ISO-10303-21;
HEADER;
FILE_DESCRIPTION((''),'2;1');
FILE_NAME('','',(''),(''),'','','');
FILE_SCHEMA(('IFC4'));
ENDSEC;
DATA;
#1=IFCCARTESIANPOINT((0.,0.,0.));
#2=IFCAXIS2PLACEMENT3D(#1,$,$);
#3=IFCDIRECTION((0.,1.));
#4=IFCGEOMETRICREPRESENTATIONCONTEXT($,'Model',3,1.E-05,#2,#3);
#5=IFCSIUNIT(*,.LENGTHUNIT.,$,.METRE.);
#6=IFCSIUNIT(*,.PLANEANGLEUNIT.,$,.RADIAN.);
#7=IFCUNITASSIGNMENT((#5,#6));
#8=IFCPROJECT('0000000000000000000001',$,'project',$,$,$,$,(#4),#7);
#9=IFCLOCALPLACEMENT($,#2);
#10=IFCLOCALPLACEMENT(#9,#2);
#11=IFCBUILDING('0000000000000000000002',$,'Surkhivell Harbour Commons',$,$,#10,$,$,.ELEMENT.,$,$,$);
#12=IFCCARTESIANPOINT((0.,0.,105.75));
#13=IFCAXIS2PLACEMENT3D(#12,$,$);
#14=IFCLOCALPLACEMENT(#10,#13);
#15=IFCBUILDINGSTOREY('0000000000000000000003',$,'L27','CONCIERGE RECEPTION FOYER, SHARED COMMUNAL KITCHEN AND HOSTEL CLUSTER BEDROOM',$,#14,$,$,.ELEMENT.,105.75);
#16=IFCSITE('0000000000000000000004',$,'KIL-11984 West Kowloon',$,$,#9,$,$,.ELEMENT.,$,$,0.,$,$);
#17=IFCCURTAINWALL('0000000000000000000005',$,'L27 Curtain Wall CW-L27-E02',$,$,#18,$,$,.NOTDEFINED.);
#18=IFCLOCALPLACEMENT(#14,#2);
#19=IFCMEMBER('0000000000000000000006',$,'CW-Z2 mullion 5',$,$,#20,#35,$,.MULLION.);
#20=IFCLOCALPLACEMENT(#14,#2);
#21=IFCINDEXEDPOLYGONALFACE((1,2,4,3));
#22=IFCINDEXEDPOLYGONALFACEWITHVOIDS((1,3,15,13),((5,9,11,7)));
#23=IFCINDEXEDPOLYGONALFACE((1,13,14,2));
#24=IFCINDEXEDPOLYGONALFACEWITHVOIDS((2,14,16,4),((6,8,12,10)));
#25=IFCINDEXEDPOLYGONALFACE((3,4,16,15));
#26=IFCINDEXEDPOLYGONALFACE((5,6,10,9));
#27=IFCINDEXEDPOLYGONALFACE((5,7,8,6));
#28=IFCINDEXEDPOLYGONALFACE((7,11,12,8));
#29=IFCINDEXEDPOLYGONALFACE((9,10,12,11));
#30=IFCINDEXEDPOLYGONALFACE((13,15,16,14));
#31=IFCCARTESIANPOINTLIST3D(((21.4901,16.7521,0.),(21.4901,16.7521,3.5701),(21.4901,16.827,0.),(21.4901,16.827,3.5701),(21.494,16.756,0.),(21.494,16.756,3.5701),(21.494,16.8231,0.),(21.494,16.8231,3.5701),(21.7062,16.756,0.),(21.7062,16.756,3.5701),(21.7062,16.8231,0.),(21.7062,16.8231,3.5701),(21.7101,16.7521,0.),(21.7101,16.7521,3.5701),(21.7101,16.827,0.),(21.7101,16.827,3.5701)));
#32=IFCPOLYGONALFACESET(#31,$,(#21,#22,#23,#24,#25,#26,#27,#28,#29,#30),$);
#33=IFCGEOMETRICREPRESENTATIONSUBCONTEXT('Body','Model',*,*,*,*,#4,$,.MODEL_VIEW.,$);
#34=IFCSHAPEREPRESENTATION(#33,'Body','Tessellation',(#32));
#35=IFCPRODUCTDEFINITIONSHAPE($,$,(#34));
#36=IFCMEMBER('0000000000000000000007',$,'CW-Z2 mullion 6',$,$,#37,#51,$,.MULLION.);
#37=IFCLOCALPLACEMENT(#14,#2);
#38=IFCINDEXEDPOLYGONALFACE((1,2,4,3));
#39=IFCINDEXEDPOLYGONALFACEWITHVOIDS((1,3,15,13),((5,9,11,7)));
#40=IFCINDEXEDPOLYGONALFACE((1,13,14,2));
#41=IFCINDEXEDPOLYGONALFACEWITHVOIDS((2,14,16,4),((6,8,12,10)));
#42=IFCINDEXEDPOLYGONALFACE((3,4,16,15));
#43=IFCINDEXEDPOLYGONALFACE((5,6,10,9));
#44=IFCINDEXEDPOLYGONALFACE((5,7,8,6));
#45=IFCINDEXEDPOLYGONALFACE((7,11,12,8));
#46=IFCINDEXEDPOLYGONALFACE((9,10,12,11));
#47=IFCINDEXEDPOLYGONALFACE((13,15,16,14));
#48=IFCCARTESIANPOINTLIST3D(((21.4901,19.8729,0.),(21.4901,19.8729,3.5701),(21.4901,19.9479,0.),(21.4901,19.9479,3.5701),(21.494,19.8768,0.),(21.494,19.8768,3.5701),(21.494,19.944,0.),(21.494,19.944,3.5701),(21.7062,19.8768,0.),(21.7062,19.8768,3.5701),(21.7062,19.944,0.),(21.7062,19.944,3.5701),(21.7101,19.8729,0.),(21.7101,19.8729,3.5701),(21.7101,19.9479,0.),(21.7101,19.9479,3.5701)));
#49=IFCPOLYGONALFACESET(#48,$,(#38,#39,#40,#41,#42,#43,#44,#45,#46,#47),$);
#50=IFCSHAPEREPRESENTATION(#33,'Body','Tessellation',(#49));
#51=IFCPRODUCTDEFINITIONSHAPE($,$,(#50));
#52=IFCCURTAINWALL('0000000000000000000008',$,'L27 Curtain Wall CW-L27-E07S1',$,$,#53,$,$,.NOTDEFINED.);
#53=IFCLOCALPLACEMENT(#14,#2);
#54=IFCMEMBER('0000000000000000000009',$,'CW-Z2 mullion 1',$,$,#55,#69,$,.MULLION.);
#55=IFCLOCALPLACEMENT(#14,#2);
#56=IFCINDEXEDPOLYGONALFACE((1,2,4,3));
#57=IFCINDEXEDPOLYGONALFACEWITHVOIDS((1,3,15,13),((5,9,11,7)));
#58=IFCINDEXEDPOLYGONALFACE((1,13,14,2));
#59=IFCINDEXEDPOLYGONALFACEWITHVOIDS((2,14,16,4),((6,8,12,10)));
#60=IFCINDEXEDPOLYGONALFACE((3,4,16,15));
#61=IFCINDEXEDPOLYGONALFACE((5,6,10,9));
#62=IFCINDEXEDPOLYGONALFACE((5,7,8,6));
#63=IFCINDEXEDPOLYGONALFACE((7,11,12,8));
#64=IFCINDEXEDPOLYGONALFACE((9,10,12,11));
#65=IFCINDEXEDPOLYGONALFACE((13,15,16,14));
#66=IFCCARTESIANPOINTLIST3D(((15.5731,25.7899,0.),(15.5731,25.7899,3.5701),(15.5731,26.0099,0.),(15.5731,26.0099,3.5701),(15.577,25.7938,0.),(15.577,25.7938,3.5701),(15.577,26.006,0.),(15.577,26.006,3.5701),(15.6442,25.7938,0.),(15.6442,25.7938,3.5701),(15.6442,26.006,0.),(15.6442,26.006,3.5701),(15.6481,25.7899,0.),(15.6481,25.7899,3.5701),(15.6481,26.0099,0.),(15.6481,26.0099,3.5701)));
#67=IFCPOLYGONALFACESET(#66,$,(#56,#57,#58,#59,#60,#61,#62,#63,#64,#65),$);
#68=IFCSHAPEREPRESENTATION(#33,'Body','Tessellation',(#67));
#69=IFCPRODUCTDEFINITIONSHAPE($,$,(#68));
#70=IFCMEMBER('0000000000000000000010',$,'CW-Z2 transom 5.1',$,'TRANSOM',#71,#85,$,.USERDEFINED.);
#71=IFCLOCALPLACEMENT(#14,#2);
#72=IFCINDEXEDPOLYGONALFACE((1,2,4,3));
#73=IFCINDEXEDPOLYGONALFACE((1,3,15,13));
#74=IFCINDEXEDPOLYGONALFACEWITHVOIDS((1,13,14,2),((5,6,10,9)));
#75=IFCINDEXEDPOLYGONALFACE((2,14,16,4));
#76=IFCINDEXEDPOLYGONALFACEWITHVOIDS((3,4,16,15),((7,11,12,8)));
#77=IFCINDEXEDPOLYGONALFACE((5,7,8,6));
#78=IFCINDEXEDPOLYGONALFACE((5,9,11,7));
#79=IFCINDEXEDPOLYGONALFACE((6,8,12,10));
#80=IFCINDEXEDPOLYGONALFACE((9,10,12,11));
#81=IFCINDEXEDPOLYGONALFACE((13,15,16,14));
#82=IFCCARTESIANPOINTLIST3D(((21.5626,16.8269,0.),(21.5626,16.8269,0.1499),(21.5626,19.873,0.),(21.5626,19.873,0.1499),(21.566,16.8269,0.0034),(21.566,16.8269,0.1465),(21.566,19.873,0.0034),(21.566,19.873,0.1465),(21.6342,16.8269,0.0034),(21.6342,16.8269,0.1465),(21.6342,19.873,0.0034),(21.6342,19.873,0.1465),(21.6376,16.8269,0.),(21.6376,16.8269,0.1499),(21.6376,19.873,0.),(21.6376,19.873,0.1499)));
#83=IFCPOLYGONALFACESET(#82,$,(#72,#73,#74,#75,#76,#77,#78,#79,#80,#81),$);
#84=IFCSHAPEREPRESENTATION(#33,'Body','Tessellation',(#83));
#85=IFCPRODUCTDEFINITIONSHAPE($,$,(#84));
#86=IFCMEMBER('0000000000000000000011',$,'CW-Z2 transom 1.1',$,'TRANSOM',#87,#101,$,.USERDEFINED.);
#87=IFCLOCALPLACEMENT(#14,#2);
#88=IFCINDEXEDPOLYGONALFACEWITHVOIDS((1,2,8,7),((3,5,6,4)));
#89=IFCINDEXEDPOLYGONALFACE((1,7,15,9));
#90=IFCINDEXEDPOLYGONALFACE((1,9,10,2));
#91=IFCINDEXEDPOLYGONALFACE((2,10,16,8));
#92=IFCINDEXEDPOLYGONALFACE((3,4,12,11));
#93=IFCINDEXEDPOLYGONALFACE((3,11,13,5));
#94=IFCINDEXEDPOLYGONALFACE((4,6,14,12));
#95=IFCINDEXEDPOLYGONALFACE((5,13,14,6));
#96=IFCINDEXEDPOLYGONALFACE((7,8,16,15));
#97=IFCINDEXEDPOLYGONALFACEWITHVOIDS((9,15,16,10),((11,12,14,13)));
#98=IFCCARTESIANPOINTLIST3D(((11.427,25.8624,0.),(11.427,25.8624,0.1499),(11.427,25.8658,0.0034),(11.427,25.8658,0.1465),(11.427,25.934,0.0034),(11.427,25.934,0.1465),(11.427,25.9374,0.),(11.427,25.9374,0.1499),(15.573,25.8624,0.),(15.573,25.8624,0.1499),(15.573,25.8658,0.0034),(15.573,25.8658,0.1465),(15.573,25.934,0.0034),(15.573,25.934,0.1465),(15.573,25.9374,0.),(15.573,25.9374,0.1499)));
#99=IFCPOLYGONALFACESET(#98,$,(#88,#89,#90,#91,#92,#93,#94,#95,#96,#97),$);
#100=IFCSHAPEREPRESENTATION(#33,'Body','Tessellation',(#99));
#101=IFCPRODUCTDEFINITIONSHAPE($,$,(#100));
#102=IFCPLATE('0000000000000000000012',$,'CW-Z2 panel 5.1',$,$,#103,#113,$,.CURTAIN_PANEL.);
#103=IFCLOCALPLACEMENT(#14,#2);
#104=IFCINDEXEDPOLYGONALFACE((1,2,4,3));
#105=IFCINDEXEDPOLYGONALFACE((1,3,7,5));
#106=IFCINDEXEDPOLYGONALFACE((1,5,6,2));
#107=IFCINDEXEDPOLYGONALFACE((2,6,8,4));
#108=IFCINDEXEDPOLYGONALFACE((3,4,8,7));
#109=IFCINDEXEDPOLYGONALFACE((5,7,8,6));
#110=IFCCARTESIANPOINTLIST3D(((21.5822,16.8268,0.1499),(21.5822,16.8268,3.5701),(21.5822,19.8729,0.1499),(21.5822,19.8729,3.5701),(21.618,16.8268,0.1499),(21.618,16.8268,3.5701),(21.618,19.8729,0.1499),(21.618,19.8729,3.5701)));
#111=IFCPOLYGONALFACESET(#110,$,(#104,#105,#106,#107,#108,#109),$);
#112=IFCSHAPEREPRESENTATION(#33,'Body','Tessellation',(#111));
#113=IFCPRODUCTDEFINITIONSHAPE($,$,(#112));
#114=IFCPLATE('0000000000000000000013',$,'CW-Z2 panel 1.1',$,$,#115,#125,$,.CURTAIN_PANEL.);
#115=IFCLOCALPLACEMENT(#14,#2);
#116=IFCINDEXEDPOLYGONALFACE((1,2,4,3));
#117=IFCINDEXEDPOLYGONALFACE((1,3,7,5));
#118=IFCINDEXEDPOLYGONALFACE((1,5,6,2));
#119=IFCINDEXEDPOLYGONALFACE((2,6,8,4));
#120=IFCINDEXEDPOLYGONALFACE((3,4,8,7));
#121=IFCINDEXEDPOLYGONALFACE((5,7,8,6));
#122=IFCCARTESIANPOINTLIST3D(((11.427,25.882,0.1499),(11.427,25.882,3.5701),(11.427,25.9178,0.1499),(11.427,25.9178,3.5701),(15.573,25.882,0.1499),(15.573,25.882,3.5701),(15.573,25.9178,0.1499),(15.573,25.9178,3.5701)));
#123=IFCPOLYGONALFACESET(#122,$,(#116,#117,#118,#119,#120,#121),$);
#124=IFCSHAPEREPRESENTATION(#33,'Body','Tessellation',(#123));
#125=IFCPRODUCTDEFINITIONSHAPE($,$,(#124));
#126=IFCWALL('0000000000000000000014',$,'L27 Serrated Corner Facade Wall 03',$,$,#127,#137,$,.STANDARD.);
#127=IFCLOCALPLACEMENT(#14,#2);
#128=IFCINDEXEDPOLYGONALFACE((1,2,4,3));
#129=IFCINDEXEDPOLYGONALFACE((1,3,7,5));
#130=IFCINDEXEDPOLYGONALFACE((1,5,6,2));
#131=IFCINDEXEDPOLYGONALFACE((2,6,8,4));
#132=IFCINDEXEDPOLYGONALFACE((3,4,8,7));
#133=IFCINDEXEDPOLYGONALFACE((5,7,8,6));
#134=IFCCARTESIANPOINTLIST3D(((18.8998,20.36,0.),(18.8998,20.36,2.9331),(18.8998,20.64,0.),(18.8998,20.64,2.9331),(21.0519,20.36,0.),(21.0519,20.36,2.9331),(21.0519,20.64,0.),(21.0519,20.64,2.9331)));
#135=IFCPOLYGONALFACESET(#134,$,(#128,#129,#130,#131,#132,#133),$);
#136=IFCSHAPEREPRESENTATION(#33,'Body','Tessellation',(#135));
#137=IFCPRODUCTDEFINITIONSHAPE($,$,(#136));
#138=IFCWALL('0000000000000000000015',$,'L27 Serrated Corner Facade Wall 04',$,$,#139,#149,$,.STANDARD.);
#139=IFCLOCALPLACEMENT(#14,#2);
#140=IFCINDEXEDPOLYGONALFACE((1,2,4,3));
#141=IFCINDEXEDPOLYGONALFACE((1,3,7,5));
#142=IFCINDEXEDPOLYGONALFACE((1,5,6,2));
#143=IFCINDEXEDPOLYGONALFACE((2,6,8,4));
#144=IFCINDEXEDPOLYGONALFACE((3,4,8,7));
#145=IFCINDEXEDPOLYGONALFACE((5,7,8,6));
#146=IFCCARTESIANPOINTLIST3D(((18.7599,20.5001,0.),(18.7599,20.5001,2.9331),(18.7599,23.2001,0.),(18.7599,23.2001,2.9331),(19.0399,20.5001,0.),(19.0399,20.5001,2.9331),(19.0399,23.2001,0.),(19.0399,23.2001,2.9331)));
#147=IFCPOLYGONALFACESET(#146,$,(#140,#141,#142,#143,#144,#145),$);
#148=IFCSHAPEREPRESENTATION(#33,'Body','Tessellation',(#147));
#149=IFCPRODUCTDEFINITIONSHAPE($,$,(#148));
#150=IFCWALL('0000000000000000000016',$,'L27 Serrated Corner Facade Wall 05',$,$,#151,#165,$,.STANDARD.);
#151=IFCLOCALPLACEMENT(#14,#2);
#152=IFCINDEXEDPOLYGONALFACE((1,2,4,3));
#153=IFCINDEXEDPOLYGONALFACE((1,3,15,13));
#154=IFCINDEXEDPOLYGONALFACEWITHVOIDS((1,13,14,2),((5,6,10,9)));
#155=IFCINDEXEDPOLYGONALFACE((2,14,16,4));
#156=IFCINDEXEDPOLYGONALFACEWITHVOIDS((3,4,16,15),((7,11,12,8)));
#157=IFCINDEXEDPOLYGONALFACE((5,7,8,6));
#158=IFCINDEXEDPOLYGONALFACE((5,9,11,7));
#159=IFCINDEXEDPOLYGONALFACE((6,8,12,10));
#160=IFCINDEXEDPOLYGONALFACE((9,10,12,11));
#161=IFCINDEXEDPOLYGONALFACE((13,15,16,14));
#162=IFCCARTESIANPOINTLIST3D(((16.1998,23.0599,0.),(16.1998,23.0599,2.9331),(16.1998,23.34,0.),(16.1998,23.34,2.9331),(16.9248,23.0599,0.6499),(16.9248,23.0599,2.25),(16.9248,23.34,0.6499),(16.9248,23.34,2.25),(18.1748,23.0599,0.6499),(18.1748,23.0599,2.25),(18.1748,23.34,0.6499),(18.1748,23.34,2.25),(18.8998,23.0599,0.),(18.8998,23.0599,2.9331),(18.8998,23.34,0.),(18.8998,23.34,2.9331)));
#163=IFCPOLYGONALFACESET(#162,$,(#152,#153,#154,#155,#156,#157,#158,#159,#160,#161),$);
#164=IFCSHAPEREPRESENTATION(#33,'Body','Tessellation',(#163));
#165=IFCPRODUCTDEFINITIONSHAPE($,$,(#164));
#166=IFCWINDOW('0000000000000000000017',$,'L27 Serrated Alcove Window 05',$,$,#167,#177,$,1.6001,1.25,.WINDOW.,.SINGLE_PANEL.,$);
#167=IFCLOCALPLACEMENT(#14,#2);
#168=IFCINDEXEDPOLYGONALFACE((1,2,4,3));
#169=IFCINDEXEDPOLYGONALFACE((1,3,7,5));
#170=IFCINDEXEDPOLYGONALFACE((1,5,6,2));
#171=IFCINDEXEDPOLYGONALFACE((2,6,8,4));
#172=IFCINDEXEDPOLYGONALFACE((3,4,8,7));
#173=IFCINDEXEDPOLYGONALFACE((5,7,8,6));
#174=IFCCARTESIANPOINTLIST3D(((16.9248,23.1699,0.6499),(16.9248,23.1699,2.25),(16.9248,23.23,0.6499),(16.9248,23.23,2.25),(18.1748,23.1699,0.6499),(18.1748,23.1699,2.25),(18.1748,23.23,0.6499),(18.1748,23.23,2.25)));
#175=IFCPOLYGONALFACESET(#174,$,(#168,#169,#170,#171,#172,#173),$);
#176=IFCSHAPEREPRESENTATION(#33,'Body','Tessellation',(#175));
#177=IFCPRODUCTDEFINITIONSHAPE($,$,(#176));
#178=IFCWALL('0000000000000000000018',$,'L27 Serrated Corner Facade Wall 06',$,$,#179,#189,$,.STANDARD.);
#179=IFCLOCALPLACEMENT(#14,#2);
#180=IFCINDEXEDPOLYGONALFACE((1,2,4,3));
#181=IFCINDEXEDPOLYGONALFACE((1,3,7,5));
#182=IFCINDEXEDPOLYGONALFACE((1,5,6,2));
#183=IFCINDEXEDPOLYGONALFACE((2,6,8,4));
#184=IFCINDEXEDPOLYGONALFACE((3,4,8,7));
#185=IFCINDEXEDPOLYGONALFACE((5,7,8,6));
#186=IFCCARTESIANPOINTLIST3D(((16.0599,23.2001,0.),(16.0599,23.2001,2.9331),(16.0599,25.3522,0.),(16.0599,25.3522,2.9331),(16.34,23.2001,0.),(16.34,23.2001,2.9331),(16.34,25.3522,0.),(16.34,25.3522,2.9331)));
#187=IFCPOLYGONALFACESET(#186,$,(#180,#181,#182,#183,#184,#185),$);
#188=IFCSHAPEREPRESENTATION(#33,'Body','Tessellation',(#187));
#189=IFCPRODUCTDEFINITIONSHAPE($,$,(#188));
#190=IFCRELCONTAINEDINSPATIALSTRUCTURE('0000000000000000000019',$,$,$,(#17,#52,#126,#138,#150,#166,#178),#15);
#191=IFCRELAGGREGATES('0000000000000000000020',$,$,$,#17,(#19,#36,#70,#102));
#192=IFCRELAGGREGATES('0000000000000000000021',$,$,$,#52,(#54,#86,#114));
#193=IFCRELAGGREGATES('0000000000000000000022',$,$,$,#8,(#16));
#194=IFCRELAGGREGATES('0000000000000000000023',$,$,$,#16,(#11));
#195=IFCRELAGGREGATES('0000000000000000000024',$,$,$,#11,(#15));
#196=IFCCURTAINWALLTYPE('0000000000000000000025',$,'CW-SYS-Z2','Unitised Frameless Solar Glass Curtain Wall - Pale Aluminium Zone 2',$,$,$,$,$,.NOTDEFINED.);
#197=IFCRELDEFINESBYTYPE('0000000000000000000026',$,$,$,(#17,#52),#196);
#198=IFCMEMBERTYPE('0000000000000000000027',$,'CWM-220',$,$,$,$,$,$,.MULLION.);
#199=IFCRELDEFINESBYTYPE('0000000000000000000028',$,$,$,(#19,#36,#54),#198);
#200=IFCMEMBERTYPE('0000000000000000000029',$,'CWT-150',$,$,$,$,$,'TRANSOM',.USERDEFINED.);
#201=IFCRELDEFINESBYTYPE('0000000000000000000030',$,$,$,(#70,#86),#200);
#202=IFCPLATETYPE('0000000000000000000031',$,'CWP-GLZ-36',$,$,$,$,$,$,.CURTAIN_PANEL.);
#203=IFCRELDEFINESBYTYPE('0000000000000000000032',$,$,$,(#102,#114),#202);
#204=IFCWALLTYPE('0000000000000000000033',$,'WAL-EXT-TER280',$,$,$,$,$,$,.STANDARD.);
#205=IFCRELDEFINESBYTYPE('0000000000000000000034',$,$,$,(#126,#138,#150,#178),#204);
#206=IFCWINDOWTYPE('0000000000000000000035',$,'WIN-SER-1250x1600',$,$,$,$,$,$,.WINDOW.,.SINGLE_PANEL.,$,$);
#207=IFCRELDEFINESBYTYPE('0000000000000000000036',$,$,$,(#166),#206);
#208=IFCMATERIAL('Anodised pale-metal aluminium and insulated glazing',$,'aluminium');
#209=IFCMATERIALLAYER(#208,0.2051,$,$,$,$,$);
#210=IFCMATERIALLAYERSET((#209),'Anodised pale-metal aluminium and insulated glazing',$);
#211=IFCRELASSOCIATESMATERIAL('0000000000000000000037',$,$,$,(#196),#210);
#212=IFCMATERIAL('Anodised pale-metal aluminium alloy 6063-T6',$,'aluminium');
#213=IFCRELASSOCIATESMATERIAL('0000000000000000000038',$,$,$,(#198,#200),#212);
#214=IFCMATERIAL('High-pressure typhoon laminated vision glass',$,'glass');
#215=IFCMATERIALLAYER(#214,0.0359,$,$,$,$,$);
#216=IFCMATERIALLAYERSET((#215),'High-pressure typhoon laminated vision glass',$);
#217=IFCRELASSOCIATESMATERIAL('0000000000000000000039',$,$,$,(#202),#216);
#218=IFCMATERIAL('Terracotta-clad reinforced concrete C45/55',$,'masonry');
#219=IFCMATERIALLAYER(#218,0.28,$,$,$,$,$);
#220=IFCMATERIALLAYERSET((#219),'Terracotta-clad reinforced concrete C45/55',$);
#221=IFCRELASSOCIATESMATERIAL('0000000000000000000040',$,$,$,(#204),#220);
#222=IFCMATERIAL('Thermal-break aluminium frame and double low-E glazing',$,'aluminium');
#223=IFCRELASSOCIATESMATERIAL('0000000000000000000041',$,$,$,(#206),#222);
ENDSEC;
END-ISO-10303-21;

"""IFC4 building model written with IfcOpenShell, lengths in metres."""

from ifc_helpers import new_model, si_unit, direction, frame, frame_2d, origin, origin_2d, place, context, subcontext, project, spatial, rectangle, hollow_rectangle, extrude, material, layer, layer_set, material_profile, profile_set, type_object, element, fill, aggregate, save


model = new_model("IFC4")

# Units and contexts
model_context = context("Model", 3, precision=1e-05, world=origin(), true_north=direction((0.0, 1.0)))
body_context = subcontext(model_context, "Body", "Model", "MODEL_VIEW")
ifc_project = project(units=[si_unit("LENGTHUNIT", "METRE"), si_unit("PLANEANGLEUNIT", "RADIAN")], contexts=[model_context])

# Site, building, storey
site_placement = place(None, origin())
site = spatial("IfcSite", under=ifc_project, at=site_placement, Name="KIL-11984 West Kowloon", CompositionType="ELEMENT", RefElevation=0.0)
building_placement = place(site_placement, origin())
building = spatial("IfcBuilding", under=site, at=building_placement, Name="Surkhivell Harbour Commons", CompositionType="ELEMENT")
storey_placement = place(building_placement, frame((0.0, 0.0, 105.75)))
storey = spatial("IfcBuildingStorey", under=building, at=storey_placement, Name="L27", Description="CONCIERGE RECEPTION FOYER, SHARED COMMUNAL KITCHEN AND HOSTEL CLUSTER BEDROOM", CompositionType="ELEMENT", Elevation=105.75)

# Curtain wall, members
ifc_material_1 = material(Name="Anodised pale-metal aluminium and insulated glazing", Category="aluminium")
ifc_layer_1 = layer(ifc_material_1, 0.2051)
ifc_layer_set_1 = layer_set([ifc_layer_1], Name="Anodised pale-metal aluminium and insulated glazing")
curtain_wall_type = type_object("IfcCurtainWallType", Name="CW-SYS-Z2", Description="Unitised Frameless Solar Glass Curtain Wall - Pale Aluminium Zone 2", PredefinedType="NOTDEFINED", material=ifc_layer_set_1)
curtain_wall_1_placement = place(storey_placement, origin())
curtain_wall_1 = element("IfcCurtainWall", 1, at=curtain_wall_1_placement, inside=storey, type_object=curtain_wall_type, Name="L27 Curtain Wall CW-L27-E02", PredefinedType="NOTDEFINED")
ifc_material_2 = material(Name="Anodised pale-metal aluminium alloy 6063-T6", Category="aluminium")
ifc_material_profile_1 = material_profile(ifc_material_2, hollow_rectangle(XDim=0.075, YDim=0.22, WallThickness=0.0039, at=origin_2d()), Name="ALU-MULL-75x220")
ifc_profile_set_1 = profile_set([ifc_material_profile_1], Name="Anodised pale-metal aluminium alloy 6063-T6")
member_type_1 = type_object("IfcMemberType", Name="CWM-220", PredefinedType="MULLION", material=ifc_profile_set_1)
member_1_placement = place(storey_placement, frame((21.6001, 16.7896, 0.0), z_axis=(0.0, 0.0, 1.0), x_axis=(0.0, 1.0, 0.0)))
member_1 = element("IfcMember", 2, at=member_1_placement, type_object=member_type_1, Name="CW-Z2 mullion 5", PredefinedType="MULLION", context=body_context, shape_type="SweptSolid", body=[
    extrude(hollow_rectangle(XDim=0.075, YDim=0.22, WallThickness=0.0039, at=origin_2d()), origin(), (0.0, 0.0, 1.0), 3.5701),
])
member_2_placement = place(storey_placement, frame((21.6001, 19.9104, 0.0), z_axis=(0.0, 0.0, 1.0), x_axis=(0.0, 1.0, 0.0)))
member_2 = element("IfcMember", 3, at=member_2_placement, type_object=member_type_1, Name="CW-Z2 mullion 6", PredefinedType="MULLION", context=body_context, shape_type="SweptSolid", body=[
    extrude(hollow_rectangle(XDim=0.075, YDim=0.22, WallThickness=0.0039, at=origin_2d()), origin(), (0.0, 0.0, 1.0), 3.5701),
])

# Curtain wall, member
curtain_wall_2_placement = place(storey_placement, origin())
curtain_wall_2 = element("IfcCurtainWall", 4, at=curtain_wall_2_placement, inside=storey, type_object=curtain_wall_type, Name="L27 Curtain Wall CW-L27-E07S1", PredefinedType="NOTDEFINED")
member_3_placement = place(storey_placement, frame((15.6106, 25.8999, 0.0), z_axis=(0.0, 0.0, 1.0), x_axis=(-1.0, 0.0, 0.0)))
member_3 = element("IfcMember", 5, at=member_3_placement, type_object=member_type_1, Name="CW-Z2 mullion 1", PredefinedType="MULLION", context=body_context, shape_type="SweptSolid", body=[
    extrude(hollow_rectangle(XDim=0.075, YDim=0.22, WallThickness=0.0039, at=origin_2d()), origin(), (0.0, 0.0, 1.0), 3.5701),
])

# Members
ifc_material_profile_2 = material_profile(ifc_material_2, hollow_rectangle(XDim=0.075, YDim=0.1499, WallThickness=0.0034, at=origin_2d()), Name="ALU-TRAN-75x150")
ifc_profile_set_2 = profile_set([ifc_material_profile_2], Name="Anodised pale-metal aluminium alloy 6063-T6")
member_type_2 = type_object("IfcMemberType", Name="CWT-150", ElementType="TRANSOM", PredefinedType="USERDEFINED", material=ifc_profile_set_2)
member_4_placement = place(storey_placement, frame((21.6001, 16.8269, 0.075), z_axis=(0.0, 1.0, 0.0), x_axis=(-1.0, 0.0, 0.0)))
member_4 = element("IfcMember", 6, at=member_4_placement, type_object=member_type_2, Name="CW-Z2 transom 5.1", ObjectType="TRANSOM", PredefinedType="USERDEFINED", context=body_context, shape_type="SweptSolid", body=[
    extrude(hollow_rectangle(XDim=0.075, YDim=0.1499, WallThickness=0.0034, at=origin_2d()), origin(), (0.0, 0.0, 1.0), 3.0461),
])
member_5_placement = place(storey_placement, frame((15.573, 25.8999, 0.075), z_axis=(-1.0, 0.0, 0.0), x_axis=(0.0, -1.0, 0.0)))
member_5 = element("IfcMember", 7, at=member_5_placement, type_object=member_type_2, Name="CW-Z2 transom 1.1", ObjectType="TRANSOM", PredefinedType="USERDEFINED", context=body_context, shape_type="SweptSolid", body=[
    extrude(hollow_rectangle(XDim=0.075, YDim=0.1499, WallThickness=0.0034, at=origin_2d()), origin(), (0.0, 0.0, 1.0), 4.146),
])

# Plates
ifc_material_3 = material(Name="High-pressure typhoon laminated vision glass", Category="glass")
ifc_layer_2 = layer(ifc_material_3, 0.0359)
ifc_layer_set_2 = layer_set([ifc_layer_2], Name="High-pressure typhoon laminated vision glass")
plate_type = type_object("IfcPlateType", Name="CWP-GLZ-36", PredefinedType="CURTAIN_PANEL", material=ifc_layer_set_2)
plate_1_placement = place(storey_placement, frame((21.6001, 16.8269, 0.1499), z_axis=(0.0, 0.0, 1.0), x_axis=(0.0, 1.0, 0.0)))
plate_1 = element("IfcPlate", 8, at=plate_1_placement, type_object=plate_type, Name="CW-Z2 panel 5.1", PredefinedType="CURTAIN_PANEL", context=body_context, shape_type="SweptSolid", body=[
    extrude(rectangle(XDim=3.0461, YDim=0.0359, at=frame_2d((1.5229, 0.0))), origin(), (0.0, 0.0, 1.0), 3.4202),
])
aggregate(curtain_wall_1, [member_1, member_2, member_4, plate_1])
plate_2_placement = place(storey_placement, frame((15.573, 25.8999, 0.1499), z_axis=(0.0, 0.0, 1.0), x_axis=(-1.0, 0.0, 0.0)))
plate_2 = element("IfcPlate", 9, at=plate_2_placement, type_object=plate_type, Name="CW-Z2 panel 1.1", PredefinedType="CURTAIN_PANEL", context=body_context, shape_type="SweptSolid", body=[
    extrude(rectangle(XDim=4.146, YDim=0.0359, at=frame_2d((2.073, 0.0))), origin(), (0.0, 0.0, 1.0), 3.4202),
])
aggregate(curtain_wall_2, [member_3, member_5, plate_2])

# Walls
ifc_material_4 = material(Name="Terracotta-clad reinforced concrete C45/55", Category="masonry")
ifc_layer_3 = layer(ifc_material_4, 0.28)
ifc_layer_set_3 = layer_set([ifc_layer_3], Name="Terracotta-clad reinforced concrete C45/55")
wall_type_1 = type_object("IfcWallType", Name="WAL-EXT-TER280", PredefinedType="STANDARD", material=ifc_layer_set_3)
wall_1_placement = place(storey_placement, frame((21.052, 20.5, 0.0), z_axis=(0.0, 0.0, 1.0), x_axis=(-1.0, 0.0, 0.0)))
element("IfcWall", 10, at=wall_1_placement, inside=storey, type_object=wall_type_1, Name="L27 Serrated Corner Facade Wall 03", PredefinedType="STANDARD", context=body_context, shape_type="SweptSolid", body=[
    extrude(rectangle(XDim=2.1521, YDim=0.28, at=frame_2d((1.0762, 0.0))), origin(), (0.0, 0.0, 1.0), 2.9331),
])
wall_2_placement = place(storey_placement, frame((18.8999, 20.5, 0.0), z_axis=(0.0, 0.0, 1.0), x_axis=(0.0, 1.0, 0.0)))
element("IfcWall", 11, at=wall_2_placement, inside=storey, type_object=wall_type_1, Name="L27 Serrated Corner Facade Wall 04", PredefinedType="STANDARD", context=body_context, shape_type="SweptSolid", body=[
    extrude(rectangle(XDim=2.7, YDim=0.28, at=frame_2d((1.3501, 0.0))), origin(), (0.0, 0.0, 1.0), 2.9331),
])

# Wall, opening, window
wall_3_placement = place(storey_placement, frame((18.8999, 23.2, 0.0), z_axis=(0.0, 0.0, 1.0), x_axis=(-1.0, 0.0, 0.0)))
wall_3 = element("IfcWall", 12, at=wall_3_placement, inside=storey, type_object=wall_type_1, Name="L27 Serrated Corner Facade Wall 05", PredefinedType="STANDARD", context=body_context, shape_type="SweptSolid", body=[
    extrude(rectangle(XDim=2.7, YDim=0.28, at=frame_2d((1.3501, 0.0))), origin(), (0.0, 0.0, 1.0), 2.9331),
])
opening_placement = place(wall_3_placement, frame((0.7251, 0.0, 0.6499)))
opening = element("IfcOpeningElement", 13, at=opening_placement, cuts=wall_3, PredefinedType="OPENING", context=body_context, shape_type="SweptSolid", body=[
    extrude(rectangle(XDim=1.25, YDim=1.6001, at=frame_2d((0.625, 0.8))), frame((0.0, 0.1499, 0.0), z_axis=(0.0, -1.0, 0.0), x_axis=(1.0, 0.0, 0.0)), (0.0, 0.0, 1.0), 0.3),
])
ifc_material_5 = material(Name="Thermal-break aluminium frame and double low-E glazing", Category="aluminium")
window_type = type_object("IfcWindowType", Name="WIN-SER-1250x1600", PartitioningType="SINGLE_PANEL", PredefinedType="WINDOW", material=ifc_material_5)
window_placement = place(opening_placement, origin())
window = element("IfcWindow", 14, at=window_placement, inside=storey, type_object=window_type, Name="L27 Serrated Alcove Window 05", OverallHeight=1.6001, OverallWidth=1.25, PartitioningType="SINGLE_PANEL", PredefinedType="WINDOW", context=body_context, shape_type="SweptSolid", body=[
    extrude(rectangle(XDim=1.25, YDim=1.6001, at=frame_2d((0.625, 0.8))), frame((0.0, 0.03, 0.0), z_axis=(0.0, -1.0, 0.0), x_axis=(1.0, 0.0, 0.0)), (0.0, 0.0, 1.0), 0.0601),
])
fill(opening, window)

# Wall
wall_4_placement = place(storey_placement, frame((16.2, 23.2, 0.0), z_axis=(0.0, 0.0, 1.0), x_axis=(0.0, 1.0, 0.0)))
element("IfcWall", 15, at=wall_4_placement, inside=storey, type_object=wall_type_1, Name="L27 Serrated Corner Facade Wall 06", PredefinedType="STANDARD", context=body_context, shape_type="SweptSolid", body=[
    extrude(rectangle(XDim=2.1521, YDim=0.28, at=frame_2d((1.0762, 0.0))), origin(), (0.0, 0.0, 1.0), 2.9331),
])

save(model, "model.ifc")
